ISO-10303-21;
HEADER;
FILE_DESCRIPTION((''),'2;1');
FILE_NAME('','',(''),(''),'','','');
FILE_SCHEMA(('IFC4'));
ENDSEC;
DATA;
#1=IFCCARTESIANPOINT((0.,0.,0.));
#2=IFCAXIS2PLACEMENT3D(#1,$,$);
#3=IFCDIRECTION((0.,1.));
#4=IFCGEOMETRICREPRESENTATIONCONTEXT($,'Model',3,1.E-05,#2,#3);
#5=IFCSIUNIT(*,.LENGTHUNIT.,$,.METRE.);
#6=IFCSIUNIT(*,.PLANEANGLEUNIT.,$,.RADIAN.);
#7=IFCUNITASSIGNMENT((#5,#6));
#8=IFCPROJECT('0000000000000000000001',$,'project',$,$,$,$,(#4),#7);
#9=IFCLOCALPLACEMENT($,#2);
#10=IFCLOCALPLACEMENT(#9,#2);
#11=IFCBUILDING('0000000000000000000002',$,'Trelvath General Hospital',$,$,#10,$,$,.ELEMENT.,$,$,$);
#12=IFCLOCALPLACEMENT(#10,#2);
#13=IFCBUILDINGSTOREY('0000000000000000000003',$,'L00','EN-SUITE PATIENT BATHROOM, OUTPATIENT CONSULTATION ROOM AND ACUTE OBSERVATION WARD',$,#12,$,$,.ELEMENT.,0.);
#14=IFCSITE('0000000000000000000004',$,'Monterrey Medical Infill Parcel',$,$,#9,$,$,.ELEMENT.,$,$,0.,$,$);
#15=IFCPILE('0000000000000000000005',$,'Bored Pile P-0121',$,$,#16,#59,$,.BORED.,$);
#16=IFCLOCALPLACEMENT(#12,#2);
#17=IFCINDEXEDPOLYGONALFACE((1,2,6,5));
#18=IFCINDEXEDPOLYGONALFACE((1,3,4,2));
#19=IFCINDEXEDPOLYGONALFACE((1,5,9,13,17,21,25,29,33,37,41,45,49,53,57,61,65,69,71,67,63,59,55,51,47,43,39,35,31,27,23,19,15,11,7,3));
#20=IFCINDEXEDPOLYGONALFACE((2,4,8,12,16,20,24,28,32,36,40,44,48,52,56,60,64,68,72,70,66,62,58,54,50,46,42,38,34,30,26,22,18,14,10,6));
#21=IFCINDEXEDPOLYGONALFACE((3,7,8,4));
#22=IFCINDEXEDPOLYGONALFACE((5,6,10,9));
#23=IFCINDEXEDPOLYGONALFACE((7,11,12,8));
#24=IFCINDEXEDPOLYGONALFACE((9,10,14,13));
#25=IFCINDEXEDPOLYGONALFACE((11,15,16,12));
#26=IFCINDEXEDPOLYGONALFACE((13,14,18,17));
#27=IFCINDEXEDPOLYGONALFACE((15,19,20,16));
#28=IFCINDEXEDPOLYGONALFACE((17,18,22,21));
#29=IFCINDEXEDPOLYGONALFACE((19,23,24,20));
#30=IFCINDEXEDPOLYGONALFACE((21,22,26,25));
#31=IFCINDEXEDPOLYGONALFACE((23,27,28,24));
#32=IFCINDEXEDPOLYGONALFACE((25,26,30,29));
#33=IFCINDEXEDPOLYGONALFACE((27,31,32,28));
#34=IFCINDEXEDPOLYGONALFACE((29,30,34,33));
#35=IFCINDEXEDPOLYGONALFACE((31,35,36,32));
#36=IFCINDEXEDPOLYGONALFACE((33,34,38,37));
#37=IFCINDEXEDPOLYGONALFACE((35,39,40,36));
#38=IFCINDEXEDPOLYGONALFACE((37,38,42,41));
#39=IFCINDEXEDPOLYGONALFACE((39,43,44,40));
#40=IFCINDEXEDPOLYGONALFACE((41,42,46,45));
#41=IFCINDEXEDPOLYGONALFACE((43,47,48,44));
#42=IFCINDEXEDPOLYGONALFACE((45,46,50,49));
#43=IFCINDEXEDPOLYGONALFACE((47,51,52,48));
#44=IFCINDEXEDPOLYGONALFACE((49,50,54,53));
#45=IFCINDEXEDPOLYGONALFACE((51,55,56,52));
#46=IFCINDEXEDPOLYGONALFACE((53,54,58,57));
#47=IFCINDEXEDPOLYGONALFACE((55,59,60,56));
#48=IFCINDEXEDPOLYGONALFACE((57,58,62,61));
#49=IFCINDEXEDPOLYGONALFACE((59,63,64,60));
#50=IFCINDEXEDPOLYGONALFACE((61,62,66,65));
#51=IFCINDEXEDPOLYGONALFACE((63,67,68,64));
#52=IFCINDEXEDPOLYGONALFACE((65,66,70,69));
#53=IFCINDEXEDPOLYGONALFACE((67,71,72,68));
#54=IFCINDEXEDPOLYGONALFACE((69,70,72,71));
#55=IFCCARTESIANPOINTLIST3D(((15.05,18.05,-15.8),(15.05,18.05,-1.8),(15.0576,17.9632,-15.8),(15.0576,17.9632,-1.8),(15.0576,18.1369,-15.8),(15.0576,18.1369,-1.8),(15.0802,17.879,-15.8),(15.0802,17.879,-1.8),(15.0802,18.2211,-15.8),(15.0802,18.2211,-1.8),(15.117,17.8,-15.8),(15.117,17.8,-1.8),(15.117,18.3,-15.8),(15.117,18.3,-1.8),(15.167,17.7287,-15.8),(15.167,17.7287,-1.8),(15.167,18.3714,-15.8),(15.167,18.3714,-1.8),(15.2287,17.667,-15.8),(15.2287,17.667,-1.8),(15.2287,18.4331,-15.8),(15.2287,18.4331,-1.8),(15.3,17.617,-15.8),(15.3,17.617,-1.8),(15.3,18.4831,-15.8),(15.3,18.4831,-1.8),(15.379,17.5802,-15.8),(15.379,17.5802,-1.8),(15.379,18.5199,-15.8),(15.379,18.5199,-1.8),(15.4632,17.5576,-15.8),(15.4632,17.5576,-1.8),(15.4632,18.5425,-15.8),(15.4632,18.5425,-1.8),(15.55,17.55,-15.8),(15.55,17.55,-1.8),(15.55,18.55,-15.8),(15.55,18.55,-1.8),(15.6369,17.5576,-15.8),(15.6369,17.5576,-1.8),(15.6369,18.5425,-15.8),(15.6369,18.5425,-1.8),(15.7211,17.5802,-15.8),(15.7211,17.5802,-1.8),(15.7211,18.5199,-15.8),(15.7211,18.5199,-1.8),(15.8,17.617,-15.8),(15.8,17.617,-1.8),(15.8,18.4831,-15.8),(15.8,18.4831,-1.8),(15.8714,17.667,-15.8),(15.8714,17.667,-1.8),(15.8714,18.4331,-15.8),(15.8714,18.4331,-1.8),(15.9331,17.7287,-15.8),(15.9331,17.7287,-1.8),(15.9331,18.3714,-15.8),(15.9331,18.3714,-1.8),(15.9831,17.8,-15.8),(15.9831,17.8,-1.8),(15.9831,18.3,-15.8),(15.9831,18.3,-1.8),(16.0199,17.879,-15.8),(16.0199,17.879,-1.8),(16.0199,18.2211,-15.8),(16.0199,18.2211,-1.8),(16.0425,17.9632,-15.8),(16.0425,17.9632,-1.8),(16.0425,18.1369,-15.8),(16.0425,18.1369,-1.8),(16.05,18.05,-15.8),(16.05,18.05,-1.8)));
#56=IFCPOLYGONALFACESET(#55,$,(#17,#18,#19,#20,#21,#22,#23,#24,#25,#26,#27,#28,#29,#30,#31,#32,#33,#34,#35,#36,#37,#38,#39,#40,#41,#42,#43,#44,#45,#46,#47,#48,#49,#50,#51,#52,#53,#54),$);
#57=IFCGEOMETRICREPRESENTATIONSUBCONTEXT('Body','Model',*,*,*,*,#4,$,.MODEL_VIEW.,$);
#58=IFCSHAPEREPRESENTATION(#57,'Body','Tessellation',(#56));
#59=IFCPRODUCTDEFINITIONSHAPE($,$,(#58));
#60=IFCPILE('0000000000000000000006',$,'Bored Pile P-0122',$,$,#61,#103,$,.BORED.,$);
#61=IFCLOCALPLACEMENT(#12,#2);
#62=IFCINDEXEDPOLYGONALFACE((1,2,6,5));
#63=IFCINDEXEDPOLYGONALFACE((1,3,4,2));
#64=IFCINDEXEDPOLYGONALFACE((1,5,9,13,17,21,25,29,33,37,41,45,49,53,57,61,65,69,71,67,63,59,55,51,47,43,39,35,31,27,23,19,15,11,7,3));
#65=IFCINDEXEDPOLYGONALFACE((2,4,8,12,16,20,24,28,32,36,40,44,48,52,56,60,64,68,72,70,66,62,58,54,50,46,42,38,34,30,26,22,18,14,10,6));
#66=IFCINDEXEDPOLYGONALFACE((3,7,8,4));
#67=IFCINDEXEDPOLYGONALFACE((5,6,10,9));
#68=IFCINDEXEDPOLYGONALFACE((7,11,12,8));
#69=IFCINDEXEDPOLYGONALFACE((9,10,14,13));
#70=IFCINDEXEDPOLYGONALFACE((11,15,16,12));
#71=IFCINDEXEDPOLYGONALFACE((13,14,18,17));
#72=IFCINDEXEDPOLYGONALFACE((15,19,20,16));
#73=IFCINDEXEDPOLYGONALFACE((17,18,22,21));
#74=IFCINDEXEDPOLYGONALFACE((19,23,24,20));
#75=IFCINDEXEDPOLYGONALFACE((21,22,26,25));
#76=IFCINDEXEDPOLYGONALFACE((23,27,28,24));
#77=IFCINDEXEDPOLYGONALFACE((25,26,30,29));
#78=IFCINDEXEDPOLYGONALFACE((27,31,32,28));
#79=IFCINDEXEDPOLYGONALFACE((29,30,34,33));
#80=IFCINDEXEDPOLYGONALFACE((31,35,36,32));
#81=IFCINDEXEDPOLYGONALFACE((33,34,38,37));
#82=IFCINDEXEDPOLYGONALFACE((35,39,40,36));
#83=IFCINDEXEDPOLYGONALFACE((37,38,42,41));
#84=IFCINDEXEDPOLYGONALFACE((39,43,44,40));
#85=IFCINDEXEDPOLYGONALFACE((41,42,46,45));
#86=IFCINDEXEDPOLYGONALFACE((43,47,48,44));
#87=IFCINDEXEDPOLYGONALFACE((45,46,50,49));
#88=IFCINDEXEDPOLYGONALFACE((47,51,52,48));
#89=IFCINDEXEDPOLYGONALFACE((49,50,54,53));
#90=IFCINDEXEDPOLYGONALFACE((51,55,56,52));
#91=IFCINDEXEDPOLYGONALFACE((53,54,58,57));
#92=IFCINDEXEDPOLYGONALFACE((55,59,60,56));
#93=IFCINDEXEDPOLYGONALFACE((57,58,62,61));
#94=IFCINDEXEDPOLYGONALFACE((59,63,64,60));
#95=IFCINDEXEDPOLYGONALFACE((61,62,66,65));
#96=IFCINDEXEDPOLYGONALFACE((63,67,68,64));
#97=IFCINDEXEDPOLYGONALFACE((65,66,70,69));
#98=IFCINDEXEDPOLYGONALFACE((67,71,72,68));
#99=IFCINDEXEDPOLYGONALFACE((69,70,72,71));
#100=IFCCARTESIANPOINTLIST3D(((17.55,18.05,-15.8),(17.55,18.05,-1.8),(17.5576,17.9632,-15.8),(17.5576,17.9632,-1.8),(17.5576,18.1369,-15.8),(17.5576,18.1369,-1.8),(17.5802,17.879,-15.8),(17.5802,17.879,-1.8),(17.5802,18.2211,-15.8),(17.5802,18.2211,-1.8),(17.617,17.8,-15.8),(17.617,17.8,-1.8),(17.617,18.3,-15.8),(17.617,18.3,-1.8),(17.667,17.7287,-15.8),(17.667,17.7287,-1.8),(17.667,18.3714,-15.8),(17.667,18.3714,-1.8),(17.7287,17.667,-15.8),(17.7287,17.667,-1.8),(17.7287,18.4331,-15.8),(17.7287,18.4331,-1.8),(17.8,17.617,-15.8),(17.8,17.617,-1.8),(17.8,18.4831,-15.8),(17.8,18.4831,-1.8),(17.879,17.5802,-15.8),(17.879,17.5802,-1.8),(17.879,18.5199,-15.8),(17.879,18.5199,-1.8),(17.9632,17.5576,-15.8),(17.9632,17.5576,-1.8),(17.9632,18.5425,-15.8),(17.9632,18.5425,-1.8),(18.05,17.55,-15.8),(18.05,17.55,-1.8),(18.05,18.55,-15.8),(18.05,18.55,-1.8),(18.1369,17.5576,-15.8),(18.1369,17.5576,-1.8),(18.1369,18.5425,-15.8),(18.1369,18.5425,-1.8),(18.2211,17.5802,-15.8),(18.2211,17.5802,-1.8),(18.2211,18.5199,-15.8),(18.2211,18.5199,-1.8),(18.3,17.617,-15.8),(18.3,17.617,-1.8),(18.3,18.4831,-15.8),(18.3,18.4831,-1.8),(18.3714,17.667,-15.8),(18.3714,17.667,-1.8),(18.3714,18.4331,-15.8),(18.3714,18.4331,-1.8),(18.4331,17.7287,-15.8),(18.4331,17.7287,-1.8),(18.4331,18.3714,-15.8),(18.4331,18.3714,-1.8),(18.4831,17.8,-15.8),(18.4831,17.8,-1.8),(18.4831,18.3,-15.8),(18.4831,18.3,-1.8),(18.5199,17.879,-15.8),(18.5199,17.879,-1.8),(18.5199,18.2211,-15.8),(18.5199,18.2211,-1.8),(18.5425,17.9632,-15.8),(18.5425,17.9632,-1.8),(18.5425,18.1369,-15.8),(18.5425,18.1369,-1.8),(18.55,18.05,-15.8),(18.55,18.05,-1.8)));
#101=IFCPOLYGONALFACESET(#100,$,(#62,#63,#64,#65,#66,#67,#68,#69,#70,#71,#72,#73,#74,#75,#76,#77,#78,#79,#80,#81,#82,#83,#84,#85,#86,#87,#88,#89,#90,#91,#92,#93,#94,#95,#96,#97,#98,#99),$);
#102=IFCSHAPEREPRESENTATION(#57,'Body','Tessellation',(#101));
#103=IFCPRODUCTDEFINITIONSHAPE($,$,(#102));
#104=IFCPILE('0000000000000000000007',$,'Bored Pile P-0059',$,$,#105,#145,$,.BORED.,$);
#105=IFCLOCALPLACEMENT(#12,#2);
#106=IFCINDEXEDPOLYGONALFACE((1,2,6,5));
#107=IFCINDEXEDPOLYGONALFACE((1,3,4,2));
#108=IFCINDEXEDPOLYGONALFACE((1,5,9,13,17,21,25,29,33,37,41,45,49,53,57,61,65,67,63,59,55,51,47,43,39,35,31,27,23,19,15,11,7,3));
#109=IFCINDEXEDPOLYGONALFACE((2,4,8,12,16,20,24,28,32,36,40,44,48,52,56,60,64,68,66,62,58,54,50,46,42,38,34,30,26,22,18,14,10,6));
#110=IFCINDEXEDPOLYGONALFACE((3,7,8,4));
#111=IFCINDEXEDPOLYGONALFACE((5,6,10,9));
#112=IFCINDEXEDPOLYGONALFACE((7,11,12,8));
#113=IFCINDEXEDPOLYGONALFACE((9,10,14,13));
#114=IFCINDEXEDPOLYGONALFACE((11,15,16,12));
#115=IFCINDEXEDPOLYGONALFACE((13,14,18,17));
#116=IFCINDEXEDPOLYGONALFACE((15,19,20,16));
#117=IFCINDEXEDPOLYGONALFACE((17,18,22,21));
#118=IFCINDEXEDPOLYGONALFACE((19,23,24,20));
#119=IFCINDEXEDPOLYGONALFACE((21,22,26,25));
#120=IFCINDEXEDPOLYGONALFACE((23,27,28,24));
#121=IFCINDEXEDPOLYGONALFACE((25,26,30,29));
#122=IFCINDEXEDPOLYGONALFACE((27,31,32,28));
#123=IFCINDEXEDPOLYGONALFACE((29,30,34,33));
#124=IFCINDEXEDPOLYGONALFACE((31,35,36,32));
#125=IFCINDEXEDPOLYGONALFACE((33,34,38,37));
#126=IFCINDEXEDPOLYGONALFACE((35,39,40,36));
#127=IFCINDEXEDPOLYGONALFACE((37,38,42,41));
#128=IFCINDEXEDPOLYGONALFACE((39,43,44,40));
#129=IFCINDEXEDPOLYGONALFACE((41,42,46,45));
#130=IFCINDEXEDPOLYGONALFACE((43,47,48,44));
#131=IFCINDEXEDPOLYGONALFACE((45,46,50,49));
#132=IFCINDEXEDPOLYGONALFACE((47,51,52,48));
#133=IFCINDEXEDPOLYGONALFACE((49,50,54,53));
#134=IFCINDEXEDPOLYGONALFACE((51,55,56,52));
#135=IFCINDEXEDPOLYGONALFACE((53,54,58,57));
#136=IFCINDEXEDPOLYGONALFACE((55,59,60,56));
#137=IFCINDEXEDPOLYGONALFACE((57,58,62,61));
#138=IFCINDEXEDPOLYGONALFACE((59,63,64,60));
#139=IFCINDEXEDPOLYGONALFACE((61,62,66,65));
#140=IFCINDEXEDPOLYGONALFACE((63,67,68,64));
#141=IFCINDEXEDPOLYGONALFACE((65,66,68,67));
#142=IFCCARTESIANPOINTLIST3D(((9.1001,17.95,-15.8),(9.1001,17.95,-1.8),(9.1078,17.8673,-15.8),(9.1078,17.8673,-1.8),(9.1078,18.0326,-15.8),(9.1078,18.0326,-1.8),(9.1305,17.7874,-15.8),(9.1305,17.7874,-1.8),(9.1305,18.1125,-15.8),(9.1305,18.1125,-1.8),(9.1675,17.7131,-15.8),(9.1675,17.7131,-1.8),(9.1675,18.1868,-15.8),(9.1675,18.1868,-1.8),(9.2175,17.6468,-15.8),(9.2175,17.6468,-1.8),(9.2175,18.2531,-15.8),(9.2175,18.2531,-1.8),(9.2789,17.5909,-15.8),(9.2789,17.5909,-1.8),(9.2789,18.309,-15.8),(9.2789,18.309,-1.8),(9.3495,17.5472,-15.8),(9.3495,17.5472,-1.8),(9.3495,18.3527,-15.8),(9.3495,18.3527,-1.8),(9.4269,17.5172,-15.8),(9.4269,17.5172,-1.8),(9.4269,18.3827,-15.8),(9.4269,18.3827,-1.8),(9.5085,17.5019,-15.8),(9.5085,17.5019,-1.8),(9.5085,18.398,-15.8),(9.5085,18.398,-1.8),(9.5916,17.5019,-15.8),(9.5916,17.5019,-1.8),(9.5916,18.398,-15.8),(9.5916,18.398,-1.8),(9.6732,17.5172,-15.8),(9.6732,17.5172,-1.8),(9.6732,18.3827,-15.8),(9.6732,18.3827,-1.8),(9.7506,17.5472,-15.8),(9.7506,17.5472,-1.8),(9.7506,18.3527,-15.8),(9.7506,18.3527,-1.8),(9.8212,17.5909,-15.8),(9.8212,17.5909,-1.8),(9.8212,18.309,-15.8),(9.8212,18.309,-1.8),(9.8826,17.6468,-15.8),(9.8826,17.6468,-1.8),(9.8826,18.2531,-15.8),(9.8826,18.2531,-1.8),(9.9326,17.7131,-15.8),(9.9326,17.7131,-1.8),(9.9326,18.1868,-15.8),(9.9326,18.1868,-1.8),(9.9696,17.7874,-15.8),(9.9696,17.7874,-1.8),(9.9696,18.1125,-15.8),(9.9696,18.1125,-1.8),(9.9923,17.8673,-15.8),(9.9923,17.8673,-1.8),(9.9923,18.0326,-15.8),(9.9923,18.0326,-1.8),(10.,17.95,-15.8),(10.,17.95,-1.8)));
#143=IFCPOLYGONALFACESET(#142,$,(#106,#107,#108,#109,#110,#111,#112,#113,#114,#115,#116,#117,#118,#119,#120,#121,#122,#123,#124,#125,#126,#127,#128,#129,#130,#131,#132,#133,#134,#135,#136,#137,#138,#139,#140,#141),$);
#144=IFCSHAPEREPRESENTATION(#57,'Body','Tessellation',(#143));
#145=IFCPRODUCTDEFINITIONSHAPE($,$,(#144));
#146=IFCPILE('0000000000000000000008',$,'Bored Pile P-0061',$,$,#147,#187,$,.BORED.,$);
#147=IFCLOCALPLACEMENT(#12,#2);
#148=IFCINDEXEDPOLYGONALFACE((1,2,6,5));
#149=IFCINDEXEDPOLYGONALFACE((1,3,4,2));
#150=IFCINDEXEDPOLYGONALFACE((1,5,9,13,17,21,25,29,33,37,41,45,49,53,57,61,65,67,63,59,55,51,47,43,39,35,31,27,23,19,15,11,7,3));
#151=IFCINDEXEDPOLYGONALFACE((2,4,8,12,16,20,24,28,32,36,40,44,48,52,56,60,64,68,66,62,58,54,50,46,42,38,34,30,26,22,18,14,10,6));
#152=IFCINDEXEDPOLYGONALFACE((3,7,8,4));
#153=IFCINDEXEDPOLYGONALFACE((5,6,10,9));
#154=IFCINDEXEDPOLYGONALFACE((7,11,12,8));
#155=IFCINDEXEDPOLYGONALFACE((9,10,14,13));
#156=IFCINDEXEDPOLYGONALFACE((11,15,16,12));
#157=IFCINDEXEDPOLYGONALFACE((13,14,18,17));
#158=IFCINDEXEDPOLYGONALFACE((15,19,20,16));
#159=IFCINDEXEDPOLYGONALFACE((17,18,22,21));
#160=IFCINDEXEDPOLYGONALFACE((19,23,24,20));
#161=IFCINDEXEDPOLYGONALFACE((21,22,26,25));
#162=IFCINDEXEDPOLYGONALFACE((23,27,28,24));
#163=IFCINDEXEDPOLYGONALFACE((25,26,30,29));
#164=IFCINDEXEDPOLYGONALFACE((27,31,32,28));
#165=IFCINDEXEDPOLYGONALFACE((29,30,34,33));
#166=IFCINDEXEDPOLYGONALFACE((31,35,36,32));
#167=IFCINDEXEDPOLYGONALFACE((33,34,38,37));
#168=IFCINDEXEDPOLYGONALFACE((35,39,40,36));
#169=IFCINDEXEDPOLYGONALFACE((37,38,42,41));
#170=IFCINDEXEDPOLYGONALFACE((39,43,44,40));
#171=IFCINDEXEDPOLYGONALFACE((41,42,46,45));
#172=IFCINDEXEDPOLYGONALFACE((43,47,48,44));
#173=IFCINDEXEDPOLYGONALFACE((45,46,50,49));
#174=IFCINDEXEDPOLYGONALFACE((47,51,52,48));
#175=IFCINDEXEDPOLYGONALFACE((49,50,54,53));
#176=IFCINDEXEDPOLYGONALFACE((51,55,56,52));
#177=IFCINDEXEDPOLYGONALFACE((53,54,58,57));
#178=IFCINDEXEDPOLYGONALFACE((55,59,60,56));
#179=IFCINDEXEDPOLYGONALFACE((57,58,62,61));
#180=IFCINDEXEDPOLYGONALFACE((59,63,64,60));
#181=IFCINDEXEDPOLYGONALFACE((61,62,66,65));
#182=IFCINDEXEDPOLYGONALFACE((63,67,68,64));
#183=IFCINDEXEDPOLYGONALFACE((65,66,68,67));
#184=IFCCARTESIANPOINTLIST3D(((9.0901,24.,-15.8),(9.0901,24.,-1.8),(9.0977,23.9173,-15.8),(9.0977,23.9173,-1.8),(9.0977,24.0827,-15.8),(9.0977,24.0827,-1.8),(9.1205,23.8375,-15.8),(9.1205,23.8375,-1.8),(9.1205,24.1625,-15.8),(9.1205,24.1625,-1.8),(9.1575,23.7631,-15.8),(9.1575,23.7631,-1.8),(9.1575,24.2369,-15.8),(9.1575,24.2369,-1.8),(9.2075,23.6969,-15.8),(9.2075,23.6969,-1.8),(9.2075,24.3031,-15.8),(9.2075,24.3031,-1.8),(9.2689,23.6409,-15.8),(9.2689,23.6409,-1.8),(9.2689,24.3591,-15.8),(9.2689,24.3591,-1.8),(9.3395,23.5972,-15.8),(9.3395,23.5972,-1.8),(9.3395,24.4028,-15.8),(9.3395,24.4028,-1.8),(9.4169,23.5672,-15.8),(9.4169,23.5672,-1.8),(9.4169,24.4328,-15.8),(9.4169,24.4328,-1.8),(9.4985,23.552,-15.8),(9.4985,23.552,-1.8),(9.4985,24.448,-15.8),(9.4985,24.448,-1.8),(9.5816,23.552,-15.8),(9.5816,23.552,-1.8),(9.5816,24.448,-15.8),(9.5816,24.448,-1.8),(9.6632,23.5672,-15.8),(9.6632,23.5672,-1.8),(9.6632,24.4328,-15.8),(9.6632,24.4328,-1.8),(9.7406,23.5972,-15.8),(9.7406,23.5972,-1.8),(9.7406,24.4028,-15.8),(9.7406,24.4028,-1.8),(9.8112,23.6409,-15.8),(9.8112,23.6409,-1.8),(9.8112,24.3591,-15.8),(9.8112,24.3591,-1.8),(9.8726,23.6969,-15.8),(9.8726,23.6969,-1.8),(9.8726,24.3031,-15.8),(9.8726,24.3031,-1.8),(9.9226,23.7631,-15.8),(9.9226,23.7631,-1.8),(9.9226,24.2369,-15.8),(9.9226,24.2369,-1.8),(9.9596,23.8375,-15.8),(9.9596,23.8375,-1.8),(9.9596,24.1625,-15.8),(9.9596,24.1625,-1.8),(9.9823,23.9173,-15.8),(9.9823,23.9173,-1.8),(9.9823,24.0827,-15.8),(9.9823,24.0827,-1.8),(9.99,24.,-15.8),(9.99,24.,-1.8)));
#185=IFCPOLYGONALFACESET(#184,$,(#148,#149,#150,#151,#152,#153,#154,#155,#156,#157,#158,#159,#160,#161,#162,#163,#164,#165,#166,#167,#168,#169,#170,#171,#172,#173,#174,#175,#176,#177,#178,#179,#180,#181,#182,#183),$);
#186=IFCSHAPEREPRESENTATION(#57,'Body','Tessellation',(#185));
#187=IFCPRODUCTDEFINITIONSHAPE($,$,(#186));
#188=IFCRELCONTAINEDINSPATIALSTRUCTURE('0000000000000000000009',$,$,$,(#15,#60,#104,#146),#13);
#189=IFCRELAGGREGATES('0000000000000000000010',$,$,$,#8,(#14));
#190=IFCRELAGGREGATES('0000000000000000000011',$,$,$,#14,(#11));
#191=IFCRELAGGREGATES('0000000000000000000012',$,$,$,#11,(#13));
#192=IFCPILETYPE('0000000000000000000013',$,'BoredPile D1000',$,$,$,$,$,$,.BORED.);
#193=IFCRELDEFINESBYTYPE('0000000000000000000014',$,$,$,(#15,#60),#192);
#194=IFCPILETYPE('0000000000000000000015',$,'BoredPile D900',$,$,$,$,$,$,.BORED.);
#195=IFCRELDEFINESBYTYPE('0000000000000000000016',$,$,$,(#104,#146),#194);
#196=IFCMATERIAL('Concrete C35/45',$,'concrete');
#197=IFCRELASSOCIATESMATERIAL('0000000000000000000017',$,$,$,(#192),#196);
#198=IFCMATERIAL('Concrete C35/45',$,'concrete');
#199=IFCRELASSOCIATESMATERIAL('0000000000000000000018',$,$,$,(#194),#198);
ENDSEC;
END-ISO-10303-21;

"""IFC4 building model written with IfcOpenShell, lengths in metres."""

from ifc_helpers import new_model, si_unit, direction, frame, origin, origin_2d, place, context, subcontext, project, spatial, circle, extrude, material, material_profile, profile_set, type_object, element, save


model = new_model("IFC4")

# Units and contexts
model_context = context("Model", 3, precision=1e-05, world=origin(), true_north=direction((0.0, 1.0)))
body_context = subcontext(model_context, "Body", "Model", "MODEL_VIEW")
ifc_project = project(units=[si_unit("LENGTHUNIT", "METRE"), si_unit("PLANEANGLEUNIT", "RADIAN")], contexts=[model_context])

# Site, building, storey
site_placement = place(None, origin())
site = spatial("IfcSite", under=ifc_project, at=site_placement, Name="Monterrey Medical Infill Parcel", CompositionType="ELEMENT", RefElevation=0.0)
building_placement = place(site_placement, origin())
building = spatial("IfcBuilding", under=site, at=building_placement, Name="Trelvath General Hospital", CompositionType="ELEMENT")
storey_placement = place(building_placement, origin())
storey = spatial("IfcBuildingStorey", under=building, at=storey_placement, Name="L00", Description="EN-SUITE PATIENT BATHROOM, OUTPATIENT CONSULTATION ROOM AND ACUTE OBSERVATION WARD", CompositionType="ELEMENT", Elevation=0.0)

# Piles
ifc_material_1 = material(Name="Concrete C35/45", Category="concrete")
ifc_material_profile_1 = material_profile(ifc_material_1, circle(Radius=0.5, at=origin_2d()), Name="PILE1000")
ifc_profile_set_1 = profile_set([ifc_material_profile_1], Name="Concrete C35/45")
pile_type_1 = type_object("IfcPileType", Name="BoredPile D1000", PredefinedType="BORED", material=ifc_profile_set_1)
for number, where, z_axis, x_axis, name in (
    (1, (15.55, 18.05, -1.8), (0.0, 0.0, -1.0), (1.0, 0.0, 0.0), "Bored Pile P-0121"),
    (2, (18.05, 18.05, -1.8), (0.0, 0.0, -1.0), (1.0, 0.0, 0.0), "Bored Pile P-0122"),
):
    element("IfcPile", number, at=place(storey_placement, frame(where, z_axis=z_axis, x_axis=x_axis)), inside=storey, type_object=pile_type_1, Name=name, PredefinedType="BORED", context=body_context, shape_type="SweptSolid", body=[
        extrude(circle(Radius=0.5, at=origin_2d()), origin(), (0.0, 0.0, 1.0), 14.0),
    ])
ifc_material_2 = material(Name="Concrete C35/45", Category="concrete")
ifc_material_profile_2 = material_profile(ifc_material_2, circle(Radius=0.45, at=origin_2d()), Name="PILE900")
ifc_profile_set_2 = profile_set([ifc_material_profile_2], Name="Concrete C35/45")
pile_type_2 = type_object("IfcPileType", Name="BoredPile D900", PredefinedType="BORED", material=ifc_profile_set_2)
for number, where, z_axis, x_axis, name in (
    (3, (9.55, 17.95, -1.8), (0.0, 0.0, -1.0), (1.0, 0.0, 0.0), "Bored Pile P-0059"),
    (4, (9.54, 24.0, -1.8), (0.0, 0.0, -1.0), (1.0, 0.0, 0.0), "Bored Pile P-0061"),
):
    element("IfcPile", number, at=place(storey_placement, frame(where, z_axis=z_axis, x_axis=x_axis)), inside=storey, type_object=pile_type_2, Name=name, PredefinedType="BORED", context=body_context, shape_type="SweptSolid", body=[
        extrude(circle(Radius=0.45, at=origin_2d()), origin(), (0.0, 0.0, 1.0), 14.0),
    ])

save(model, "model.ifc")
